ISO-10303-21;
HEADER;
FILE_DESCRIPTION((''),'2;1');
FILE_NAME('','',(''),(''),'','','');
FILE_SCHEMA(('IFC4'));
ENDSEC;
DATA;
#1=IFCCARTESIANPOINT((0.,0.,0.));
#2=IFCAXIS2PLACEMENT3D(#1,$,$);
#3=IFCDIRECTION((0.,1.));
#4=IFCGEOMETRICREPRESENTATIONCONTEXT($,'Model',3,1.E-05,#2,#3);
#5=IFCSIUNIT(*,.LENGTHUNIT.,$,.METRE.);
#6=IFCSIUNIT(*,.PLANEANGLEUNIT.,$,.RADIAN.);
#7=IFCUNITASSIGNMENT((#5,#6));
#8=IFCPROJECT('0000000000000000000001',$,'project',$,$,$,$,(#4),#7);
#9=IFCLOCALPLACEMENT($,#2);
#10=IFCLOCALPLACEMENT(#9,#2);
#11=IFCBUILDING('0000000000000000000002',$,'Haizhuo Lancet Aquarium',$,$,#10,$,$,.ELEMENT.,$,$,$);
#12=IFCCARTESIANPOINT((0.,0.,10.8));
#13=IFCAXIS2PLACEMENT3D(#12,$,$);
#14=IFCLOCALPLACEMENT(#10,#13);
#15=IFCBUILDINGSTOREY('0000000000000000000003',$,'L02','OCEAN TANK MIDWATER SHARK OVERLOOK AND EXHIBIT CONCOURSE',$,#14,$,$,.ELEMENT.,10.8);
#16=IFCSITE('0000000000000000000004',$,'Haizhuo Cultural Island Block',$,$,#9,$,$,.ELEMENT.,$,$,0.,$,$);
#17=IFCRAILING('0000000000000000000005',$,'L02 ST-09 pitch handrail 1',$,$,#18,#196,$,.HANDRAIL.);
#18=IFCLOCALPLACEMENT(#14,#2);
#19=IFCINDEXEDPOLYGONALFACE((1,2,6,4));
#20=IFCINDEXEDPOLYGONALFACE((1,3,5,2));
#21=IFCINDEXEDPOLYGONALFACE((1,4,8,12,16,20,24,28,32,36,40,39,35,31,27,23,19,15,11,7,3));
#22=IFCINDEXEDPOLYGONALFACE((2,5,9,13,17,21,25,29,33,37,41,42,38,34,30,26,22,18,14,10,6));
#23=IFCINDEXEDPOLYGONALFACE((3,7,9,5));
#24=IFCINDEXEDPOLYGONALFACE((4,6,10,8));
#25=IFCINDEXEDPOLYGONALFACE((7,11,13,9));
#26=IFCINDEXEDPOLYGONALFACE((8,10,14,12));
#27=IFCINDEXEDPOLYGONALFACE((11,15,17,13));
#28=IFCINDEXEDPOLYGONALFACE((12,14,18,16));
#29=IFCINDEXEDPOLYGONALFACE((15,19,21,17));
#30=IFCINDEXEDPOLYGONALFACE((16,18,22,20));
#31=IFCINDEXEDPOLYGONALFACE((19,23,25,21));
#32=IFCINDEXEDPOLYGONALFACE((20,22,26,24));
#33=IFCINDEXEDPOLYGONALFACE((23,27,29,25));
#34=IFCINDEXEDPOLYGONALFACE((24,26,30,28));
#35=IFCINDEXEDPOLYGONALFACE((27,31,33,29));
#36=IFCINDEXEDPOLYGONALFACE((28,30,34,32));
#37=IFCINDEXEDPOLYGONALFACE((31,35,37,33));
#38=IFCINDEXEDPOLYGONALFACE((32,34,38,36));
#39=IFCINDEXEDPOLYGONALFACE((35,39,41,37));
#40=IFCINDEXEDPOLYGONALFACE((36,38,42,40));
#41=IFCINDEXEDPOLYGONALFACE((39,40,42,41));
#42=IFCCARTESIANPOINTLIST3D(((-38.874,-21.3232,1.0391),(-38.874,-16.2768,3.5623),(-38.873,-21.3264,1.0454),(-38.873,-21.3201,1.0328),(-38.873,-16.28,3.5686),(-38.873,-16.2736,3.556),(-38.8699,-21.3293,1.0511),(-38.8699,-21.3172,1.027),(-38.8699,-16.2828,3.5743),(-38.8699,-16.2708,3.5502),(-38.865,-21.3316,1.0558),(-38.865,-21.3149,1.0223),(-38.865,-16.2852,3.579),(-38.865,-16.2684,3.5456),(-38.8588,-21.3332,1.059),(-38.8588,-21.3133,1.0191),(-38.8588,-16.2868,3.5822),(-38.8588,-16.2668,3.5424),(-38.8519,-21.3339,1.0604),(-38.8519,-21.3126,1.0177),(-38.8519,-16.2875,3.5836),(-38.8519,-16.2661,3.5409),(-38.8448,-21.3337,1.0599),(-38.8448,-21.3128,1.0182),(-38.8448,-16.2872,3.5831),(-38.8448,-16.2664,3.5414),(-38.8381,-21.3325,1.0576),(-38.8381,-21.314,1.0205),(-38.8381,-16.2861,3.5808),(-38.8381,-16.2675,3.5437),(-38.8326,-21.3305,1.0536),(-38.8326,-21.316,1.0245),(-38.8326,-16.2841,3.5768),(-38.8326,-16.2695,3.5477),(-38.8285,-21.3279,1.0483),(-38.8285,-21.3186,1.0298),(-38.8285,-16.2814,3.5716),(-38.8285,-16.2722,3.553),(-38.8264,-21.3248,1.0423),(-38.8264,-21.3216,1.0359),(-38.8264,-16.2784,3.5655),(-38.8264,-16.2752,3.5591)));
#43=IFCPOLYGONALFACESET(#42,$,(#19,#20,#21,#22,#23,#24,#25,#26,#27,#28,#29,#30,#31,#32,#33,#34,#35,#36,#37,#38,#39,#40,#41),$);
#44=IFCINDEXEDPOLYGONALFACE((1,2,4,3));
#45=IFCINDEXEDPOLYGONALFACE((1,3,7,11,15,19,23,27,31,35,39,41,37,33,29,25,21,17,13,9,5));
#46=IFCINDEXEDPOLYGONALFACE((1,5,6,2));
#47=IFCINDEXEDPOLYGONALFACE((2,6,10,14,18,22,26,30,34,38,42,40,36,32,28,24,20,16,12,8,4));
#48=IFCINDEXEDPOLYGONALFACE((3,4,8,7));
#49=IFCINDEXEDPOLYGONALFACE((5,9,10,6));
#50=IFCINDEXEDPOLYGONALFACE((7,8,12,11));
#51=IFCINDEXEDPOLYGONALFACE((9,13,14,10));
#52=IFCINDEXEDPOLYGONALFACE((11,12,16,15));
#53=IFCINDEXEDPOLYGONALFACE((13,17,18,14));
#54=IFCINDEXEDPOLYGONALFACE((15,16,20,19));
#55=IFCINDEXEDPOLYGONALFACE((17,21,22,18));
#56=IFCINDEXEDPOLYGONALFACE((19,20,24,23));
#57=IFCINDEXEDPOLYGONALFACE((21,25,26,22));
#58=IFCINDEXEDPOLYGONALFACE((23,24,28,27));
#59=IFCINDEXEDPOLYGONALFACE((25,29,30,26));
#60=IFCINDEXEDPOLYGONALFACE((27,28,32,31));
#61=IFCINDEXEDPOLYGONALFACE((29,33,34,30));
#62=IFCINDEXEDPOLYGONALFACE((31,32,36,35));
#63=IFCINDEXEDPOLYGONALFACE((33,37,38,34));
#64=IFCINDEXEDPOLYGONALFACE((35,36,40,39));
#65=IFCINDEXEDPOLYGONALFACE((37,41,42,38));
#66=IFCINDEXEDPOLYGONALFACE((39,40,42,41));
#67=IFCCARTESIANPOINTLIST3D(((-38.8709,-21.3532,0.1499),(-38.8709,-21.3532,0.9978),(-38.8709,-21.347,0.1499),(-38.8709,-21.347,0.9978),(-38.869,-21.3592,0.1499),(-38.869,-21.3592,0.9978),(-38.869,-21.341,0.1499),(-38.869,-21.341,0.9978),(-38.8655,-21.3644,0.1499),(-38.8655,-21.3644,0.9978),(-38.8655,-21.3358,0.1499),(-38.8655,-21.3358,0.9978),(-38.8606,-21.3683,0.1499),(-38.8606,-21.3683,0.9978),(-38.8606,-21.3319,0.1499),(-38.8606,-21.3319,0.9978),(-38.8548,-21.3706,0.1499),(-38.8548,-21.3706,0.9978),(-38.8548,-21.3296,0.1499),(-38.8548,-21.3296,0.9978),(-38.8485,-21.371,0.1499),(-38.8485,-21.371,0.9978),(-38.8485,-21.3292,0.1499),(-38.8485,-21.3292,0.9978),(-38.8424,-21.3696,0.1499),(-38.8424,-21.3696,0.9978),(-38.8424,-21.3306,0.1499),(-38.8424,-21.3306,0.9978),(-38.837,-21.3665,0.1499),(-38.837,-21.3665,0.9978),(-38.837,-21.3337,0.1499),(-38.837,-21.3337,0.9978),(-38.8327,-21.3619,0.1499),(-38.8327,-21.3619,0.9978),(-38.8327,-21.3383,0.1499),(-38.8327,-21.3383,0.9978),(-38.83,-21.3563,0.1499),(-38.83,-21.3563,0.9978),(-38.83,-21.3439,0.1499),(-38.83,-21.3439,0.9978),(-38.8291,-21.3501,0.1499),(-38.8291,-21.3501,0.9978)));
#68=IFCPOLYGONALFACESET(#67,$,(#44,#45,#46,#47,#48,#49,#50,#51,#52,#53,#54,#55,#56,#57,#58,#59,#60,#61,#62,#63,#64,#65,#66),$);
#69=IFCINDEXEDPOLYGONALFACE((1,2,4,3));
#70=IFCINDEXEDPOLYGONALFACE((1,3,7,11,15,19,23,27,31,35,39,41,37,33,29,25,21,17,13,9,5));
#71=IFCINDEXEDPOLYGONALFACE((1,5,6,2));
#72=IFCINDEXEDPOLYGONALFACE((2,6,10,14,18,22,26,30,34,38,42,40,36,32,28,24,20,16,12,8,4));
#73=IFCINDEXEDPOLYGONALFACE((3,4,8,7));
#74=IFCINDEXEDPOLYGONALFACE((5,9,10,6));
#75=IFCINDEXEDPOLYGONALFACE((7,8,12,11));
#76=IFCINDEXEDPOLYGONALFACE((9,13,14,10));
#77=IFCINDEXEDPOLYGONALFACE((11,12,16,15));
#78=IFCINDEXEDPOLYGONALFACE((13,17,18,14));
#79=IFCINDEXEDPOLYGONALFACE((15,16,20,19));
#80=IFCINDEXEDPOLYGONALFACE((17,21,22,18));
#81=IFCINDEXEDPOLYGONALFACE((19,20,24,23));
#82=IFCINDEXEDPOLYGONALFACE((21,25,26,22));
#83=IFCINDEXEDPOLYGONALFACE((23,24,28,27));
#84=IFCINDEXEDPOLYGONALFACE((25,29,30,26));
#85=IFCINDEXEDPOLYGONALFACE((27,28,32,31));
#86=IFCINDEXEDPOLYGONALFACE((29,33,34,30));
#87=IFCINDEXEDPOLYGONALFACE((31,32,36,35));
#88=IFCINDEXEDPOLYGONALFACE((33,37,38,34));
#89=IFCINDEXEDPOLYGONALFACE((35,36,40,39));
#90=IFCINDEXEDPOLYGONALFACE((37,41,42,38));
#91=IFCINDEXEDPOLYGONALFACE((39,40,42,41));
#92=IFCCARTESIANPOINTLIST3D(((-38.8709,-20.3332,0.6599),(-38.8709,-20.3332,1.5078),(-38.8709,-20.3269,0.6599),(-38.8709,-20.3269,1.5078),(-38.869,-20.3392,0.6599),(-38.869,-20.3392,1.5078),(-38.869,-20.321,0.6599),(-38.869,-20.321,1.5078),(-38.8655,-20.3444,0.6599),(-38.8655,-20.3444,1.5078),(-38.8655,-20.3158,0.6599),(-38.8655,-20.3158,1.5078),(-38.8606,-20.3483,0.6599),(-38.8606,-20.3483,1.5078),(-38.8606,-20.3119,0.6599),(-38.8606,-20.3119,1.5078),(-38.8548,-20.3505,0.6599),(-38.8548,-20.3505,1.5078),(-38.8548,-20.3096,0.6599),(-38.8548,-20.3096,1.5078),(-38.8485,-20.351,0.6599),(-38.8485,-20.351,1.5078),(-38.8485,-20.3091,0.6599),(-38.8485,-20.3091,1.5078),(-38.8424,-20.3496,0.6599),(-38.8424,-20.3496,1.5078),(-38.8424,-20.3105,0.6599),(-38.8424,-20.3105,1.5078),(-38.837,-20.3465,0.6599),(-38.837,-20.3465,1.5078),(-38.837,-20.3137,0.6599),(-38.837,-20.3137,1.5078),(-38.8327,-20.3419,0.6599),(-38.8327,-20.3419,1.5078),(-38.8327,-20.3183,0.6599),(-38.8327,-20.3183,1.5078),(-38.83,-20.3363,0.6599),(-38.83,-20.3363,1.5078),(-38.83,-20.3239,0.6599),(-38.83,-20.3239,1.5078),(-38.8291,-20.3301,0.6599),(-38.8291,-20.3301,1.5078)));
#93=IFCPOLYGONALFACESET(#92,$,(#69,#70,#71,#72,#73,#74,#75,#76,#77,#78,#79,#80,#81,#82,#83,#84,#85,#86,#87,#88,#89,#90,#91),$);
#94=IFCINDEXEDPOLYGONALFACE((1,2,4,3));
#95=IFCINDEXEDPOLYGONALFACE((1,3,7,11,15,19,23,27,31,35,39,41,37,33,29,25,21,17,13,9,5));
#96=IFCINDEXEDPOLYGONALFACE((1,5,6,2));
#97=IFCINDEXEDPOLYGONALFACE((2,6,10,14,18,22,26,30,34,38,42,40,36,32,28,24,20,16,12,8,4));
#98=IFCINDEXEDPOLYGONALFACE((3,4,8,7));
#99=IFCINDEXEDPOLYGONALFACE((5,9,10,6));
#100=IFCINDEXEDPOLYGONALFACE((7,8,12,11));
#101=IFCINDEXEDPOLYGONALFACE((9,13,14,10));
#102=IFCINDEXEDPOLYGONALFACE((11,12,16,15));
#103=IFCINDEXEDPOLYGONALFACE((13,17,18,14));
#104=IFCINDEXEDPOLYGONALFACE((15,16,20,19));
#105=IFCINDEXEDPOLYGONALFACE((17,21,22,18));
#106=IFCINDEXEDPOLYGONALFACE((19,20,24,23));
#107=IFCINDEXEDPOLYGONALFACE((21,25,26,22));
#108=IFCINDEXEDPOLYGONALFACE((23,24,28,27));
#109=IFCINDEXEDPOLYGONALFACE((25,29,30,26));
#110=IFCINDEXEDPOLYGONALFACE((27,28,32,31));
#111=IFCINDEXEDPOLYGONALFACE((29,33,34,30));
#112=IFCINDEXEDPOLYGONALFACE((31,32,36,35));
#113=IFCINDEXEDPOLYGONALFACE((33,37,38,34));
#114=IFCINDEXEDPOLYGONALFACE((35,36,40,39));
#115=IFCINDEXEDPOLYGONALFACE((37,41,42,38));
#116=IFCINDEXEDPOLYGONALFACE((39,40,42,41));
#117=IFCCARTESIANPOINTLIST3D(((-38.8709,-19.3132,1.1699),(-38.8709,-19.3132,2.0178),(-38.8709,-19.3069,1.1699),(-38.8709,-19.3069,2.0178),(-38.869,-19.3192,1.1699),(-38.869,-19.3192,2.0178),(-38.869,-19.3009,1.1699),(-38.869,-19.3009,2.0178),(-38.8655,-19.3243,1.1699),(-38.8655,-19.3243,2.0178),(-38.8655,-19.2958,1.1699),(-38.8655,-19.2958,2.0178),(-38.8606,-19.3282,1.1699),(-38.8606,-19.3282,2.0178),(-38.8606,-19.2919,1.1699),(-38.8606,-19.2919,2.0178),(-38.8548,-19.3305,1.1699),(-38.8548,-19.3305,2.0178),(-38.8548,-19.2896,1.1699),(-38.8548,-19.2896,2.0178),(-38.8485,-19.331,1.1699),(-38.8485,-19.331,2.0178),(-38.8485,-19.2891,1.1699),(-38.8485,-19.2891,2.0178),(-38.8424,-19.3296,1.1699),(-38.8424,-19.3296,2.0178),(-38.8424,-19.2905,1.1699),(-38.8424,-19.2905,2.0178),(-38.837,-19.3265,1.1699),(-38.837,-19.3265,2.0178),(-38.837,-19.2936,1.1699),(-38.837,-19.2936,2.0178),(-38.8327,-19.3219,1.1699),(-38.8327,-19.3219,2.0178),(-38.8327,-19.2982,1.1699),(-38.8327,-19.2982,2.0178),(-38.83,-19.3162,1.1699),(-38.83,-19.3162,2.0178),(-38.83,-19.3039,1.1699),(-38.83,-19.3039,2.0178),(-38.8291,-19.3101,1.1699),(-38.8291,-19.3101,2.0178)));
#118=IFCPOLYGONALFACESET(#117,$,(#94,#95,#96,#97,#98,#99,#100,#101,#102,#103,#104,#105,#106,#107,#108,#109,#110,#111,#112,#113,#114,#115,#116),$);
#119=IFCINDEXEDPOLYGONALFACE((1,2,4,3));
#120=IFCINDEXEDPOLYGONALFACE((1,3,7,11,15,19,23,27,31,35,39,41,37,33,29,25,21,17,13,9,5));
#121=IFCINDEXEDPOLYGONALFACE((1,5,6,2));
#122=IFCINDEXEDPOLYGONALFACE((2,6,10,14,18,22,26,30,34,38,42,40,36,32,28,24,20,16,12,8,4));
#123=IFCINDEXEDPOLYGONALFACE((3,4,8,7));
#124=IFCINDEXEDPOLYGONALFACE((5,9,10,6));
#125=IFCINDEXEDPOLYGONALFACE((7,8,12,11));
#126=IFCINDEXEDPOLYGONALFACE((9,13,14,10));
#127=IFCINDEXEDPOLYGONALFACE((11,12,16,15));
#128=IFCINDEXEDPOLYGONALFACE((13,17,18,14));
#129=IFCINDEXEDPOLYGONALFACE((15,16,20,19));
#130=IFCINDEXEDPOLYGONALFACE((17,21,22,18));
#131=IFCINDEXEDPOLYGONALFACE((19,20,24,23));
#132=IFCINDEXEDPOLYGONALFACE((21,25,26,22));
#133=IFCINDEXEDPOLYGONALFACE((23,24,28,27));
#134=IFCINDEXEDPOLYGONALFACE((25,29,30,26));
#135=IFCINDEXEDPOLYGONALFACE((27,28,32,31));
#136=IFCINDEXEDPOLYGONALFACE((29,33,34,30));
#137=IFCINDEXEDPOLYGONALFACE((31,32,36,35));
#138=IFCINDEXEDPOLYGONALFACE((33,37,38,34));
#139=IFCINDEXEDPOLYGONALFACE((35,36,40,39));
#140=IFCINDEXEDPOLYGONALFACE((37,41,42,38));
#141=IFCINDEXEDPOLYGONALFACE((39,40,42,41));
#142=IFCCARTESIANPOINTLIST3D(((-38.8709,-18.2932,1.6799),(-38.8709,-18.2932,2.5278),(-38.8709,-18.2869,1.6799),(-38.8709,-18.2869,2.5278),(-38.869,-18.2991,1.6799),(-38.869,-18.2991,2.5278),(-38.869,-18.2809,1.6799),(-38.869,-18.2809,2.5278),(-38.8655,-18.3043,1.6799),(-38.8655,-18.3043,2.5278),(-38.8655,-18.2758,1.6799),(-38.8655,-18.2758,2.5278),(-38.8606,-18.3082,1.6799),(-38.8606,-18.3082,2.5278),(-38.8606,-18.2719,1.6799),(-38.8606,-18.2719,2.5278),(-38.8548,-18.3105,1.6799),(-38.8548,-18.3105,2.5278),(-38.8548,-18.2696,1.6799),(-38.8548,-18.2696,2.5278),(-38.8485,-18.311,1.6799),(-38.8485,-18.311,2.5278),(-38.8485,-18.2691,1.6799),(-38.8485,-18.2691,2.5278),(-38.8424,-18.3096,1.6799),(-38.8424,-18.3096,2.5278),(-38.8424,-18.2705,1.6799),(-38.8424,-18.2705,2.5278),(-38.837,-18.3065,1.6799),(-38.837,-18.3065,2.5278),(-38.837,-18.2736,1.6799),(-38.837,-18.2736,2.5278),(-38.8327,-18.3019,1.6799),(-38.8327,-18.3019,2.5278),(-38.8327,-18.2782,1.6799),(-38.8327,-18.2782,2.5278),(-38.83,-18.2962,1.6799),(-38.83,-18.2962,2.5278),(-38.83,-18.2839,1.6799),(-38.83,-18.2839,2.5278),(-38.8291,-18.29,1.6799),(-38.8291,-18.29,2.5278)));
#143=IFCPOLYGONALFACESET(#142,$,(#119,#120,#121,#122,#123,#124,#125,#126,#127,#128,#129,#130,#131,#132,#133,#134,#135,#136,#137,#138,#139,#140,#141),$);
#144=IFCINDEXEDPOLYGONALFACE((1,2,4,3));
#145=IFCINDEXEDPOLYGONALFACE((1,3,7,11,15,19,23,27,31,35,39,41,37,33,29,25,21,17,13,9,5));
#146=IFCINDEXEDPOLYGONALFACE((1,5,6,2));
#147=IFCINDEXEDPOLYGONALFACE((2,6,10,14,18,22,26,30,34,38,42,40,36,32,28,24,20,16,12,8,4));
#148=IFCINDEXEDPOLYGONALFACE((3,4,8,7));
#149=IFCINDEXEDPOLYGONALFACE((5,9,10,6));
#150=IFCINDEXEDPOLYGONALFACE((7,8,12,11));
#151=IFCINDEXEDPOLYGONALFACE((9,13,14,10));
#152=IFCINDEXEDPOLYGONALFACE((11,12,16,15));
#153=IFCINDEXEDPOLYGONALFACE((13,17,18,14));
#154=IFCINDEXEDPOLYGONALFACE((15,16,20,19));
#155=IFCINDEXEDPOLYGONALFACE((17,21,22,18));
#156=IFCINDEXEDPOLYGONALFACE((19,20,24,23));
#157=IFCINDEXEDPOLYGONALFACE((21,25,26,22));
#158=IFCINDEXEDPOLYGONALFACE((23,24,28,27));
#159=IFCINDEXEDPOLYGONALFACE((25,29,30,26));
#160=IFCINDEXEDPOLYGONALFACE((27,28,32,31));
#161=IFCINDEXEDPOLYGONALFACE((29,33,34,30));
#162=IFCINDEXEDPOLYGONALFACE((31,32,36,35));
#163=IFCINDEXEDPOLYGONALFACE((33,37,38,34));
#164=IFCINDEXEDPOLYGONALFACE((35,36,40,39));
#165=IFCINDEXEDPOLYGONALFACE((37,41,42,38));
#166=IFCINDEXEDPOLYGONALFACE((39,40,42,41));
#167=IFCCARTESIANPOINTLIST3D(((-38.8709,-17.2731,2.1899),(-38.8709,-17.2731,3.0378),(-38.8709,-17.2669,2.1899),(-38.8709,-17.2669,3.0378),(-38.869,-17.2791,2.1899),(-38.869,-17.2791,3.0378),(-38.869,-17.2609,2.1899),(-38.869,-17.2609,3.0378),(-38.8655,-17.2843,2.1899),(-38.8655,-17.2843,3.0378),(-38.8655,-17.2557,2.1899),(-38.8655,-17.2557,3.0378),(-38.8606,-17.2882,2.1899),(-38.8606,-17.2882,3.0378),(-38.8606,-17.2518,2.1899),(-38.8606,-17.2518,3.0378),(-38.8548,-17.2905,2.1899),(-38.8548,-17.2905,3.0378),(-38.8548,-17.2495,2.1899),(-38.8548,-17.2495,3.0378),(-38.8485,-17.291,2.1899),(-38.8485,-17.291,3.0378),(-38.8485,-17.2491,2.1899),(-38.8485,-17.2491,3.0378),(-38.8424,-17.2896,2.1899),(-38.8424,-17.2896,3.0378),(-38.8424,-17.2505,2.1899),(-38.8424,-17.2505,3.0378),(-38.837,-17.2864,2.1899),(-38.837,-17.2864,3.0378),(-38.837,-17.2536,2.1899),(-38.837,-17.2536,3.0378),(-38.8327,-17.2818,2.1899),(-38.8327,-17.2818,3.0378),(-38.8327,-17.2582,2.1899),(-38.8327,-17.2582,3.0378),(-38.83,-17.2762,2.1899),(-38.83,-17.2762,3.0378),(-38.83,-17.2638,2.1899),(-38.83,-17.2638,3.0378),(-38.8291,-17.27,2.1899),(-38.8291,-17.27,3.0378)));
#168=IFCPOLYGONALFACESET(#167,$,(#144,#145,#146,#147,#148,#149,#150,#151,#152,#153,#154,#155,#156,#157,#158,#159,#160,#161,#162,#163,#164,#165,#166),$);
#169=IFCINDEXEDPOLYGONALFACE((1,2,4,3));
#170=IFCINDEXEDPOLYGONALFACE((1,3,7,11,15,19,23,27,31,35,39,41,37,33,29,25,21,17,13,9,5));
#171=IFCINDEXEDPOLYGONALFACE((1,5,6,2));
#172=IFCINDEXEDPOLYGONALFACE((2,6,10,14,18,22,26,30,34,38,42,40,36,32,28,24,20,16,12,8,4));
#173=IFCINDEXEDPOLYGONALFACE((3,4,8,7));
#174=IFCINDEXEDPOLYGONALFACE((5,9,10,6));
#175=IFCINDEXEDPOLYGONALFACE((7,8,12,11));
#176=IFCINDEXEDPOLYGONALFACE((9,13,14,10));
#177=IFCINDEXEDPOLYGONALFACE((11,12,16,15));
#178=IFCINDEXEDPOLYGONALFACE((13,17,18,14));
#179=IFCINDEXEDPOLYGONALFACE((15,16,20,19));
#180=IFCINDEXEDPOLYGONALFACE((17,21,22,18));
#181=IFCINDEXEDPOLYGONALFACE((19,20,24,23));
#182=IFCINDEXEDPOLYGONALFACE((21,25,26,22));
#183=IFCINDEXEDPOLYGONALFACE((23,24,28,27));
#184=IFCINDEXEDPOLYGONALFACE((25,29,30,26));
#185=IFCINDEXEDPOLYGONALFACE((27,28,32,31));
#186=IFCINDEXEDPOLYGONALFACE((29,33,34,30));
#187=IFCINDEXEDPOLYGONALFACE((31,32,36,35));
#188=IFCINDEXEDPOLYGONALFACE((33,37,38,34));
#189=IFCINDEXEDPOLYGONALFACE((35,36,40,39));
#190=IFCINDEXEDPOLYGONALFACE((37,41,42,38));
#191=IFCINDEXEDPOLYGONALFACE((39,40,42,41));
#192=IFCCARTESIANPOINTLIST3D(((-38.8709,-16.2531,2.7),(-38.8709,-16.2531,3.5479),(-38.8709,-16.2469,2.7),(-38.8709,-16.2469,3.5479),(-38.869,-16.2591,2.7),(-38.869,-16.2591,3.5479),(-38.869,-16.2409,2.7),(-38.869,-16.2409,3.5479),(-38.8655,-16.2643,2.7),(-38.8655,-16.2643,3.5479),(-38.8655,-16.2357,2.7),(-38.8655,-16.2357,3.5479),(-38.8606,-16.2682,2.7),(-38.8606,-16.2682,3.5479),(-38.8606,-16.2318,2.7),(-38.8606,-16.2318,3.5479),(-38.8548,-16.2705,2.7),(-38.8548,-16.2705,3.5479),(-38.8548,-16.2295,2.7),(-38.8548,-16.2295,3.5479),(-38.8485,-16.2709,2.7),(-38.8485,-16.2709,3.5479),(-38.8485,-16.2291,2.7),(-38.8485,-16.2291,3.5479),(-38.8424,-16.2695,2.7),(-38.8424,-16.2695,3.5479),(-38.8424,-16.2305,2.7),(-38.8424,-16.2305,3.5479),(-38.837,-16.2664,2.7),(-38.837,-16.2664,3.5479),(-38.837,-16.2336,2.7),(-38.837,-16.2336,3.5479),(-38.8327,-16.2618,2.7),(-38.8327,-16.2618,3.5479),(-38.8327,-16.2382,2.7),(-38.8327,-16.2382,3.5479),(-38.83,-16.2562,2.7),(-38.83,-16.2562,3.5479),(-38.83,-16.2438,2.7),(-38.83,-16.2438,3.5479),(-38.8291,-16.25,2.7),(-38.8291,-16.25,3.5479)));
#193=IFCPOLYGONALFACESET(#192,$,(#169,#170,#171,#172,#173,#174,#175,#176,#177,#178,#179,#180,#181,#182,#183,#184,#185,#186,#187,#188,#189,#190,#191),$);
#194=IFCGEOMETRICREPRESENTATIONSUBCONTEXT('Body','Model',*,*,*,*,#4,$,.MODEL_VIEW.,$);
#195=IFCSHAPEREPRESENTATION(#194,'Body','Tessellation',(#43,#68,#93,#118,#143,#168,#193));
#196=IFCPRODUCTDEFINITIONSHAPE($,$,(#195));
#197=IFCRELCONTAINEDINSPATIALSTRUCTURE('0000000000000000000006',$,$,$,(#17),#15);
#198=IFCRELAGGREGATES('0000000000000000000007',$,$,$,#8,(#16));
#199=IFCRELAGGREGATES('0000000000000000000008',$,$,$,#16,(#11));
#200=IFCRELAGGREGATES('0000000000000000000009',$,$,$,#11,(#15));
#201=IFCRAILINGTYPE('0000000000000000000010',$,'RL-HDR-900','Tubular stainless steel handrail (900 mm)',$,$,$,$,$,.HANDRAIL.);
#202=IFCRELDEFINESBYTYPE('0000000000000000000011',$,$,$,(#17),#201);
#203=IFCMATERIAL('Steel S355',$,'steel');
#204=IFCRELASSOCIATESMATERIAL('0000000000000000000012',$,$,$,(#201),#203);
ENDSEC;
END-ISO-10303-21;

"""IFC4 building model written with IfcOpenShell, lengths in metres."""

from ifc_helpers import new_model, si_unit, direction, frame, origin, origin_2d, place, context, subcontext, project, spatial, circle, extrude, material, type_object, element, save


model = new_model("IFC4")

# Units and contexts
model_context = context("Model", 3, precision=1e-05, world=origin(), true_north=direction((0.0, 1.0)))
body_context = subcontext(model_context, "Body", "Model", "MODEL_VIEW")
ifc_project = project(units=[si_unit("LENGTHUNIT", "METRE"), si_unit("PLANEANGLEUNIT", "RADIAN")], contexts=[model_context])

# Site, building, storey
site_placement = place(None, origin())
site = spatial("IfcSite", under=ifc_project, at=site_placement, Name="Haizhuo Cultural Island Block", CompositionType="ELEMENT", RefElevation=0.0)
building_placement = place(site_placement, origin())
building = spatial("IfcBuilding", under=site, at=building_placement, Name="Haizhuo Lancet Aquarium", CompositionType="ELEMENT")
storey_placement = place(building_placement, frame((0.0, 0.0, 10.8)))
storey = spatial("IfcBuildingStorey", under=building, at=storey_placement, Name="L02", Description="OCEAN TANK MIDWATER SHARK OVERLOOK AND EXHIBIT CONCOURSE", CompositionType="ELEMENT", Elevation=10.8)

# Shared definitions
ifc_material_1 = material(Name="Steel S355", Category="steel")

# Railing
railing_type_1 = type_object("IfcRailingType", Name="RL-HDR-900", Description="Tubular stainless steel handrail (900 mm)", PredefinedType="HANDRAIL", material=ifc_material_1)
railing_1_placement = place(storey_placement, frame((-38.8501, -21.3501, 0.1499)))
element("IfcRailing", 1, at=railing_1_placement, inside=storey, type_object=railing_type_1, Name="L02 ST-09 pitch handrail 1", PredefinedType="HANDRAIL", context=body_context, shape_type="SweptSolid", body=[
    extrude(circle(Radius=0.0239, at=origin_2d()), frame((0.0, 0.0269, 0.8892), z_axis=(0.0, 0.894427, 0.447214), x_axis=(-1.0, 0.0, 0.0)), (0.0, 0.0, 1.0), 5.6421),
    extrude(circle(Radius=0.021, at=origin_2d()), origin(), (0.0, 0.0, 1.0), 0.8479),
    extrude(circle(Radius=0.021, at=origin_2d()), frame((0.0, 1.02, 0.51)), (0.0, 0.0, 1.0), 0.8479),
    extrude(circle(Radius=0.021, at=origin_2d()), frame((0.0, 2.04, 1.02)), (0.0, 0.0, 1.0), 0.8479),
    extrude(circle(Radius=0.021, at=origin_2d()), frame((0.0, 3.0601, 1.53)), (0.0, 0.0, 1.0), 0.8479),
    extrude(circle(Radius=0.021, at=origin_2d()), frame((0.0, 4.0801, 2.04)), (0.0, 0.0, 1.0), 0.8479),
    extrude(circle(Radius=0.021, at=origin_2d()), frame((0.0, 5.1001, 2.55)), (0.0, 0.0, 1.0), 0.8479),
])

save(model, "model.ifc")
